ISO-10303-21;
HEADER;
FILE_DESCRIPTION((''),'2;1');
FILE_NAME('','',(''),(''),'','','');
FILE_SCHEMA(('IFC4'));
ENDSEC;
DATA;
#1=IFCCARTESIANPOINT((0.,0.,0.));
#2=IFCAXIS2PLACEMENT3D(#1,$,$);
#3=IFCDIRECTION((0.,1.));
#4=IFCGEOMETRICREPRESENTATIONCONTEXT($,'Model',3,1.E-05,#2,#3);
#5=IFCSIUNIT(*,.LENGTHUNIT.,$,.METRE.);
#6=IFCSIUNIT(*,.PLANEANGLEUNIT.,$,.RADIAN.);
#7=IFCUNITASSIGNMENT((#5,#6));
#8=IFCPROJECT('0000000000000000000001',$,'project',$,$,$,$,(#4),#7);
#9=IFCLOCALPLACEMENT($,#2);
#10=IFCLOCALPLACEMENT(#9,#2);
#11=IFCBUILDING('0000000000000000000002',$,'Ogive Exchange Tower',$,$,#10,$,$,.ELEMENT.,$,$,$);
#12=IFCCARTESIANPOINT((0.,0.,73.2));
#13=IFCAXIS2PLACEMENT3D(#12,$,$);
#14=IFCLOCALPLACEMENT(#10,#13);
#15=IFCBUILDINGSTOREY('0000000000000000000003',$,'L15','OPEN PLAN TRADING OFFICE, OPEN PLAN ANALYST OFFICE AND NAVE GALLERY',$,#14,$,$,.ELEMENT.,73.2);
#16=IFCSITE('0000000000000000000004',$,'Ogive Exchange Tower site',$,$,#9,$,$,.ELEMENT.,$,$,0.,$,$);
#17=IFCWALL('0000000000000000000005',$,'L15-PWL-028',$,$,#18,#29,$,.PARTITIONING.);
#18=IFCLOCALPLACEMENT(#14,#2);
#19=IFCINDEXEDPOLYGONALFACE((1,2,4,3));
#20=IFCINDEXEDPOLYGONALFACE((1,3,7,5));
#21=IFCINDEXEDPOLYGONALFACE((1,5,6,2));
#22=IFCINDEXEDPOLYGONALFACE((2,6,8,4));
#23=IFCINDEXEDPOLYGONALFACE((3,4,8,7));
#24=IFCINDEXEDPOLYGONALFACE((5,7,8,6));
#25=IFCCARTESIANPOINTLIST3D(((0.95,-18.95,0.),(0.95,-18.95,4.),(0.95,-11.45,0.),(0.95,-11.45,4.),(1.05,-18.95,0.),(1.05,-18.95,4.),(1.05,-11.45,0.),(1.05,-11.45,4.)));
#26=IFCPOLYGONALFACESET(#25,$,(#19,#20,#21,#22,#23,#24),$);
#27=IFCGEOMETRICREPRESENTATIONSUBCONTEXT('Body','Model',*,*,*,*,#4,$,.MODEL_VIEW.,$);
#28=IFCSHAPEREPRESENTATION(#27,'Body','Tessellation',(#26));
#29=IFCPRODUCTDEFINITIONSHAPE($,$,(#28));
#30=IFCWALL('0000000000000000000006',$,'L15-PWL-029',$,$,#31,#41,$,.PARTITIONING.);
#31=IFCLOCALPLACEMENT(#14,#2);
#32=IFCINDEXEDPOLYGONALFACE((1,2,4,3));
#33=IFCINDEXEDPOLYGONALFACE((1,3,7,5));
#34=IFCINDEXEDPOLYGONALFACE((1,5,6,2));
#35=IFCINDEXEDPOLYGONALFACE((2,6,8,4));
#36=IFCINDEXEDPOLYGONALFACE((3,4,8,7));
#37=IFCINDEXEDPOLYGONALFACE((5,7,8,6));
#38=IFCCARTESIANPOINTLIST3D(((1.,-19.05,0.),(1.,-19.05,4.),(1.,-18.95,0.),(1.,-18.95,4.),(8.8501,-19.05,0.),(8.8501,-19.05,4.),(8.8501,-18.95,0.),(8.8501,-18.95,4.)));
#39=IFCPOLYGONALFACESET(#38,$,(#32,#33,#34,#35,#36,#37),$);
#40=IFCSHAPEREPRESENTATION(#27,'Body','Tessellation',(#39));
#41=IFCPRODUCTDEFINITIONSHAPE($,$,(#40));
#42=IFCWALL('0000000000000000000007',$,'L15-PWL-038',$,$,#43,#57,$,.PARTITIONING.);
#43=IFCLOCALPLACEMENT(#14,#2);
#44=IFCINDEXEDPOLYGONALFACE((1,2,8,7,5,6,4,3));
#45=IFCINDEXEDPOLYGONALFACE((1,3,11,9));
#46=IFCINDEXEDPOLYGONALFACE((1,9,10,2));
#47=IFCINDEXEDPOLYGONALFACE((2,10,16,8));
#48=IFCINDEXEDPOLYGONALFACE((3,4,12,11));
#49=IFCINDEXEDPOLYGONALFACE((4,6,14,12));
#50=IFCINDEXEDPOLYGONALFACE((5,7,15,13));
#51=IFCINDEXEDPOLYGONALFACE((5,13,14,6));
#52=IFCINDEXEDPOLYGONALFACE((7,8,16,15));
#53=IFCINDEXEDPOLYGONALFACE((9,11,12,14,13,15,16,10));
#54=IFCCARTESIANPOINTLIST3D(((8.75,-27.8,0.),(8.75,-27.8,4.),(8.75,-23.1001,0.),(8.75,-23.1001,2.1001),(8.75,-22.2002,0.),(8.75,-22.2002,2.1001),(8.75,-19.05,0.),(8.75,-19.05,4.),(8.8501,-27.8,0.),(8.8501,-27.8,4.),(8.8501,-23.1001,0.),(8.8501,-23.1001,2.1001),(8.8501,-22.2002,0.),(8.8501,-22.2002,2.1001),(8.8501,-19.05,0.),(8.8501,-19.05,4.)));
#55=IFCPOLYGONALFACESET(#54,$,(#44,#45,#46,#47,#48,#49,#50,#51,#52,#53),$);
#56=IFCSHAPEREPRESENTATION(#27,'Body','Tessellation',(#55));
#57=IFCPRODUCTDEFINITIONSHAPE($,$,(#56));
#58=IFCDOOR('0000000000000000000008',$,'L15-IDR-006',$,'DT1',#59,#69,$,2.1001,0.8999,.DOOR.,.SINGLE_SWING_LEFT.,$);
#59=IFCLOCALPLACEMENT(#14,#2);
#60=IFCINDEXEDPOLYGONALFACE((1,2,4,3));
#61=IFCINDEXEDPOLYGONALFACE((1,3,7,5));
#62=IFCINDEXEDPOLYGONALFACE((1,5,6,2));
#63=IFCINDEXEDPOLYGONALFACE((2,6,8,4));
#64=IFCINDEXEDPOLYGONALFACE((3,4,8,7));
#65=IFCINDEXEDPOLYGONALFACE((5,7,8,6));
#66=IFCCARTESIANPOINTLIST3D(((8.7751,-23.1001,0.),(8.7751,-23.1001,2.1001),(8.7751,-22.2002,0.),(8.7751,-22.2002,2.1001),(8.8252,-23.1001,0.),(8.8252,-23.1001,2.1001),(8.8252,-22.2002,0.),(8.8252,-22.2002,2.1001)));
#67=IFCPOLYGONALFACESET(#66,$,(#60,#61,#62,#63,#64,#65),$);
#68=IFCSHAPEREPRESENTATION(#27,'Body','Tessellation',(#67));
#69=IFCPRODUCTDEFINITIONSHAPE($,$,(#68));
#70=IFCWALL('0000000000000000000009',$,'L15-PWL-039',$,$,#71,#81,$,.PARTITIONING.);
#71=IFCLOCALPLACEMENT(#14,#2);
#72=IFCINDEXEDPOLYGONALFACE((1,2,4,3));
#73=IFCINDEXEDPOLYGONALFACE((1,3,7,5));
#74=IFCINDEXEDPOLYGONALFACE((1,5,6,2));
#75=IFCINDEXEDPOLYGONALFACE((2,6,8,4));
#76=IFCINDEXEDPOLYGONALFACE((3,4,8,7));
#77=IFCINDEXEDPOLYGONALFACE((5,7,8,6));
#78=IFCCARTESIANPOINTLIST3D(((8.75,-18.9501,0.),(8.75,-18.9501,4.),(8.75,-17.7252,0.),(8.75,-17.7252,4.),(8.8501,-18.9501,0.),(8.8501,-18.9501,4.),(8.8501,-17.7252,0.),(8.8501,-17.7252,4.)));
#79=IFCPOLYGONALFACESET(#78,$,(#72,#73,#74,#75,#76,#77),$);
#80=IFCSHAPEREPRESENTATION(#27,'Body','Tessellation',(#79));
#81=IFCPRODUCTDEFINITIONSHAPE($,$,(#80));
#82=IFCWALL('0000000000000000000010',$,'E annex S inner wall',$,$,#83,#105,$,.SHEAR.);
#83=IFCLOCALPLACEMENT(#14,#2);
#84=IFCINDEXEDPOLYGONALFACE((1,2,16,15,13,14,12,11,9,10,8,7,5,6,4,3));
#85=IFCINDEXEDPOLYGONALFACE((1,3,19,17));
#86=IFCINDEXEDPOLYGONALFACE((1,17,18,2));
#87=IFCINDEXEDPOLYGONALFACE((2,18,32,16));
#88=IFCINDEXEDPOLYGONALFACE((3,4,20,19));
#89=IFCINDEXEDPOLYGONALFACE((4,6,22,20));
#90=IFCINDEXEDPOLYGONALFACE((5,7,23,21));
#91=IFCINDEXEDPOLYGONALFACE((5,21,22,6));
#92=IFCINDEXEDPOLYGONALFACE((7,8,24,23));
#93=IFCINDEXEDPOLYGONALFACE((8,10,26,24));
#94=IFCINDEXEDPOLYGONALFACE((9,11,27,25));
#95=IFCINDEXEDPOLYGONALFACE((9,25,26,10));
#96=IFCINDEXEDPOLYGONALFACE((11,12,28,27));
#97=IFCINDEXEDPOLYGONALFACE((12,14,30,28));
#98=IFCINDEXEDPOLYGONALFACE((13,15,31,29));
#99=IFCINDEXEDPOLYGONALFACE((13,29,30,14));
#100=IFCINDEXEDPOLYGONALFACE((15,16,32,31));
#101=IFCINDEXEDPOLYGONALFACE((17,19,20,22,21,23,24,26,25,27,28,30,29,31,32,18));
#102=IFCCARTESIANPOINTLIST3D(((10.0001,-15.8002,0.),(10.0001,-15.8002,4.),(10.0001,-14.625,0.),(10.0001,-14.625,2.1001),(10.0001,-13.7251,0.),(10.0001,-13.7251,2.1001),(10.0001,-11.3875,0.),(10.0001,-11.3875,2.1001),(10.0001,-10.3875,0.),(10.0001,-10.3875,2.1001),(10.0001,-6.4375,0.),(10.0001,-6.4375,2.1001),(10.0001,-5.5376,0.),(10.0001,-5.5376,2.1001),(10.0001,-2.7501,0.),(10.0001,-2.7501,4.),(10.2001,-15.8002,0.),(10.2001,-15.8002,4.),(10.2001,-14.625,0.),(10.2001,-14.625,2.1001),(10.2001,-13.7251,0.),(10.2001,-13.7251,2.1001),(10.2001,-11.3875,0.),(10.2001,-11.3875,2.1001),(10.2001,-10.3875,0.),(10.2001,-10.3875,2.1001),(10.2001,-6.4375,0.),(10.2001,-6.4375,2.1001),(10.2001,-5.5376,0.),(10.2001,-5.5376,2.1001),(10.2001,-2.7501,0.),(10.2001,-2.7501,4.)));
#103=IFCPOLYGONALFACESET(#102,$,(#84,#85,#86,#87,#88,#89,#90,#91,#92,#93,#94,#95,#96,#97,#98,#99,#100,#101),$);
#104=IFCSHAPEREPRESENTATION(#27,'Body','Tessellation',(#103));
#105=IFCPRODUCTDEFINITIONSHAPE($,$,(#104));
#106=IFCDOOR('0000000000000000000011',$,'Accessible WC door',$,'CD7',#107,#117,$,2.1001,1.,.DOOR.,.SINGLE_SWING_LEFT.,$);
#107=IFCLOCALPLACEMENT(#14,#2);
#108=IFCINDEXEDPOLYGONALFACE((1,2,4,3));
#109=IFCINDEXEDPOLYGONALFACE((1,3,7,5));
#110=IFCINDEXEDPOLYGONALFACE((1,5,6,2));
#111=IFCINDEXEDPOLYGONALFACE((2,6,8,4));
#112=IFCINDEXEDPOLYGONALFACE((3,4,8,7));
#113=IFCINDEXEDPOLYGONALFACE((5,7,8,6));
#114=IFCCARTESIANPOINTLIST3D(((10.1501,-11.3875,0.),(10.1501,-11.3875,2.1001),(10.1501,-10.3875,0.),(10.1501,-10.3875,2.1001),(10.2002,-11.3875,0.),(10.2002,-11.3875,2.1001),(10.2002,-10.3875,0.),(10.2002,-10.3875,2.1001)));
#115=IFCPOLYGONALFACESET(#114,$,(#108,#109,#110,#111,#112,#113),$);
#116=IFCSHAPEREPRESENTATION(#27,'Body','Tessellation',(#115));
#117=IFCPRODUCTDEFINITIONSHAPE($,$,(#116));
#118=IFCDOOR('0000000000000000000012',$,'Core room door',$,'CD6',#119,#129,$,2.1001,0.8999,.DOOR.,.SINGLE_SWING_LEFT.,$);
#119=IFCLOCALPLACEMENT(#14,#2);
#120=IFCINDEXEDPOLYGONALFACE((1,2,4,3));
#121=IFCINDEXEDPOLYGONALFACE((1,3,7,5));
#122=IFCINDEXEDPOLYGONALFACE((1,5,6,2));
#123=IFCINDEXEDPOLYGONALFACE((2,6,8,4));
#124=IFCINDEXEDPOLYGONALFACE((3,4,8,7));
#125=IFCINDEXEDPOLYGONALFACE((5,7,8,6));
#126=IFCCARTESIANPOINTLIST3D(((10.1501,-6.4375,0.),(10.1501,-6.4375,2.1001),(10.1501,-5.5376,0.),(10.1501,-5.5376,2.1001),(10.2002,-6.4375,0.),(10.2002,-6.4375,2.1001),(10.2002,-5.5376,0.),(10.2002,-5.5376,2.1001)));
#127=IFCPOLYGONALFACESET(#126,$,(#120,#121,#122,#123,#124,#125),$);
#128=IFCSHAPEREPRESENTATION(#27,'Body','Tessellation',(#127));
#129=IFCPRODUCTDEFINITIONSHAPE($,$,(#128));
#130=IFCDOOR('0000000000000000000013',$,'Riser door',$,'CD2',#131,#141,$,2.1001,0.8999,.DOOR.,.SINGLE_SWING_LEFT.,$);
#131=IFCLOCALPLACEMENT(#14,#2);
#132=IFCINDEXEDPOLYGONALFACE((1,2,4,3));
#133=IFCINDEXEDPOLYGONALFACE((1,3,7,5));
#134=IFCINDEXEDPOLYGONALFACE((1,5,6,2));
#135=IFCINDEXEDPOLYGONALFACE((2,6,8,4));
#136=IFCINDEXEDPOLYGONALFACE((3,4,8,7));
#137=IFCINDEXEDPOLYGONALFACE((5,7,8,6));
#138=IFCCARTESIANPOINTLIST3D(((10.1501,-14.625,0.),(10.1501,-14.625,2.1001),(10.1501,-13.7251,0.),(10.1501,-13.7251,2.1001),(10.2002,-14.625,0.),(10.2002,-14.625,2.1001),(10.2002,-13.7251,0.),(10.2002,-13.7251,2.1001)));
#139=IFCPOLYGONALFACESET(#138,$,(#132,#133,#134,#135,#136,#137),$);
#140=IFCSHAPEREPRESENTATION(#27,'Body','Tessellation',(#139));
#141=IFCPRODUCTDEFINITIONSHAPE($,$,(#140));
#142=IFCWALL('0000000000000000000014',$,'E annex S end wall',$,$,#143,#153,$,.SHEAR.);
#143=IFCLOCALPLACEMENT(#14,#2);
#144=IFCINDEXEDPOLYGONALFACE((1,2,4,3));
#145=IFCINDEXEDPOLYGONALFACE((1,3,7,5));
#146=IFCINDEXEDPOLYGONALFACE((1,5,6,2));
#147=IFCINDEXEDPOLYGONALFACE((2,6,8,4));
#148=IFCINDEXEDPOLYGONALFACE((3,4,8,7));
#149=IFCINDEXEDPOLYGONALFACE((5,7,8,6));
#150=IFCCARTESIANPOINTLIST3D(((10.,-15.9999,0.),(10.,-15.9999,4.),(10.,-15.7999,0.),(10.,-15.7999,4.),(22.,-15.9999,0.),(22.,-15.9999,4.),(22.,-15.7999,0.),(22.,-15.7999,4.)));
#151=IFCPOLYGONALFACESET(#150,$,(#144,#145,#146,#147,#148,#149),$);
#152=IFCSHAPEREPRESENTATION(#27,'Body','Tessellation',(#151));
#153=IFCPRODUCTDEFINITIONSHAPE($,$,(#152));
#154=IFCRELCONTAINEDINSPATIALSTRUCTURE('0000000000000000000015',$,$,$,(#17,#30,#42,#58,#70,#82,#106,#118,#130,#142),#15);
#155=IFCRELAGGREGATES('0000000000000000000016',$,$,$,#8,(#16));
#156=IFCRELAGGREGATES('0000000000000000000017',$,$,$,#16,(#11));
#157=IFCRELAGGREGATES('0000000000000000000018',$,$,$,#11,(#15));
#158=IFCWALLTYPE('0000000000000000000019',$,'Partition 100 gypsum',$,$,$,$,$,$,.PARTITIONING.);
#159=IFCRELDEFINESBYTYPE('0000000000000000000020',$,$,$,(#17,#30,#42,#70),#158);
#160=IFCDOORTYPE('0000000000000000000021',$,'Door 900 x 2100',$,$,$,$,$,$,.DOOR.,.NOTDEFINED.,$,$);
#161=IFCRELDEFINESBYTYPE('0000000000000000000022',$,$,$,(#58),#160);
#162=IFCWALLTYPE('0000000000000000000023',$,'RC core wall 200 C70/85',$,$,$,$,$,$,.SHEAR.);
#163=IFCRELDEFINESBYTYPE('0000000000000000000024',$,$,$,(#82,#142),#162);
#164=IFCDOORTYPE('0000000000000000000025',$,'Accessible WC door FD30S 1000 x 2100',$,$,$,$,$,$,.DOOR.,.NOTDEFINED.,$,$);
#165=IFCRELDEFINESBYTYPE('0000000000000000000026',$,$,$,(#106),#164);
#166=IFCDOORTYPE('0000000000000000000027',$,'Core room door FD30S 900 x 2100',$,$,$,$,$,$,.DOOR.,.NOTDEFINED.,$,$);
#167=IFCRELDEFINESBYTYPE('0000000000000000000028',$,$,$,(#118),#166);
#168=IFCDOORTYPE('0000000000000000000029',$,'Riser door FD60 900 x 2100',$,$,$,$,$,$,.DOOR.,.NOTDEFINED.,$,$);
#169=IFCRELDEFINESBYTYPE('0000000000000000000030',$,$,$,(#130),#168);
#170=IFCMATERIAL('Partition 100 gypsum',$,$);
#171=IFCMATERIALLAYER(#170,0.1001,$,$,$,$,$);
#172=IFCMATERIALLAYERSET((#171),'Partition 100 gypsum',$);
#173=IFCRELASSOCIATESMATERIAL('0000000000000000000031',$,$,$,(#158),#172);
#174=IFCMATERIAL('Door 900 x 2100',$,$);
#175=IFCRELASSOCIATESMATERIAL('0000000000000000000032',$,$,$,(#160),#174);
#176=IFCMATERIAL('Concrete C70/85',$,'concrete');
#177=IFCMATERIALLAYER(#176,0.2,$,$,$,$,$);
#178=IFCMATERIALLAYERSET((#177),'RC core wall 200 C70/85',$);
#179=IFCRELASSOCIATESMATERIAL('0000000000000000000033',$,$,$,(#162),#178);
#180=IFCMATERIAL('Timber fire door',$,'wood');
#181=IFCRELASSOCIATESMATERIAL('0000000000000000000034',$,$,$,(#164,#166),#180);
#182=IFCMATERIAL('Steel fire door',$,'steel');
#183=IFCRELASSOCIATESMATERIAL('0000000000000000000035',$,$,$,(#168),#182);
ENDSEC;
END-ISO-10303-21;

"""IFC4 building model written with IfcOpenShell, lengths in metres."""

from ifc_helpers import new_model, si_unit, direction, frame, frame_2d, origin, place, context, subcontext, project, spatial, rectangle, extrude, material, layer, layer_set, type_object, element, fill, save


model = new_model("IFC4")

# Units and contexts
model_context = context("Model", 3, precision=1e-05, world=origin(), true_north=direction((0.0, 1.0)))
body_context = subcontext(model_context, "Body", "Model", "MODEL_VIEW")
ifc_project = project(units=[si_unit("LENGTHUNIT", "METRE"), si_unit("PLANEANGLEUNIT", "RADIAN")], contexts=[model_context])

# Site, building, storey
site_placement = place(None, origin())
site = spatial("IfcSite", under=ifc_project, at=site_placement, Name="Ogive Exchange Tower site", CompositionType="ELEMENT", RefElevation=0.0)
building_placement = place(site_placement, origin())
building = spatial("IfcBuilding", under=site, at=building_placement, Name="Ogive Exchange Tower", CompositionType="ELEMENT")
storey_placement = place(building_placement, frame((0.0, 0.0, 73.2)))
storey = spatial("IfcBuildingStorey", under=building, at=storey_placement, Name="L15", Description="OPEN PLAN TRADING OFFICE, OPEN PLAN ANALYST OFFICE AND NAVE GALLERY", CompositionType="ELEMENT", Elevation=73.2)

# Walls
ifc_material_1 = material(Name="Partition 100 gypsum")
ifc_layer_1 = layer(ifc_material_1, 0.1001)
ifc_layer_set_1 = layer_set([ifc_layer_1], Name="Partition 100 gypsum")
wall_type_1 = type_object("IfcWallType", Name="Partition 100 gypsum", PredefinedType="PARTITIONING", material=ifc_layer_set_1)
wall_1_placement = place(storey_placement, frame((1.0, -18.95, 0.0), z_axis=(0.0, 0.0, 1.0), x_axis=(0.0, 1.0, 0.0)))
element("IfcWall", 1, at=wall_1_placement, inside=storey, type_object=wall_type_1, Name="L15-PWL-028", PredefinedType="PARTITIONING", context=body_context, shape_type="SweptSolid", body=[
    extrude(rectangle(XDim=7.5, YDim=0.1001, at=frame_2d((3.75, 0.0))), origin(), (0.0, 0.0, 1.0), 4.0),
])
wall_2_placement = place(storey_placement, frame((1.0, -19.0, 0.0), z_axis=(0.0, 0.0, 1.0), x_axis=(1.0, 0.0, 0.0)))
element("IfcWall", 2, at=wall_2_placement, inside=storey, type_object=wall_type_1, Name="L15-PWL-029", PredefinedType="PARTITIONING", context=body_context, shape_type="SweptSolid", body=[
    extrude(rectangle(XDim=7.8501, YDim=0.1001, at=frame_2d((3.925, 0.0))), origin(), (0.0, 0.0, 1.0), 4.0),
])

# Wall, opening, door
wall_3_placement = place(storey_placement, frame((8.8, -27.8, 0.0), z_axis=(0.0, 0.0, 1.0), x_axis=(0.0, 1.0, 0.0)))
wall_3 = element("IfcWall", 3, at=wall_3_placement, inside=storey, type_object=wall_type_1, Name="L15-PWL-038", PredefinedType="PARTITIONING", context=body_context, shape_type="SweptSolid", body=[
    extrude(rectangle(XDim=8.75, YDim=0.1001, at=frame_2d((4.375, 0.0))), origin(), (0.0, 0.0, 1.0), 4.0),
])
opening_1_placement = place(wall_3_placement, frame((4.7, 0.0, 0.0)))
opening_1 = element("IfcOpeningElement", 4, at=opening_1_placement, cuts=wall_3, PredefinedType="OPENING", context=body_context, shape_type="SweptSolid", body=[
    extrude(rectangle(XDim=0.8999, YDim=2.1001, at=frame_2d((0.45, 1.05))), frame((0.0, 0.0601, 0.0), z_axis=(0.0, -1.0, 0.0), x_axis=(1.0, 0.0, 0.0)), (0.0, 0.0, 1.0), 0.1201),
])
ifc_material_2 = material(Name="Door 900 x 2100")
door_type_1 = type_object("IfcDoorType", Name="Door 900 x 2100", OperationType="NOTDEFINED", PredefinedType="DOOR", material=ifc_material_2)
door_1_placement = place(opening_1_placement, origin())
door_1 = element("IfcDoor", 5, at=door_1_placement, inside=storey, type_object=door_type_1, Name="L15-IDR-006", ObjectType="DT1", OperationType="SINGLE_SWING_LEFT", OverallHeight=2.1001, OverallWidth=0.8999, PredefinedType="DOOR", context=body_context, shape_type="SweptSolid", body=[
    extrude(rectangle(XDim=0.8999, YDim=2.1001, at=frame_2d((0.45, 1.05))), frame((0.0, 0.0249, 0.0), z_axis=(0.0, -1.0, 0.0), x_axis=(1.0, 0.0, 0.0)), (0.0, 0.0, 1.0), 0.05),
])
fill(opening_1, door_1)

# Wall
wall_4_placement = place(storey_placement, frame((8.8, -18.95, 0.0), z_axis=(0.0, 0.0, 1.0), x_axis=(0.0, 1.0, 0.0)))
element("IfcWall", 6, at=wall_4_placement, inside=storey, type_object=wall_type_1, Name="L15-PWL-039", PredefinedType="PARTITIONING", context=body_context, shape_type="SweptSolid", body=[
    extrude(rectangle(XDim=1.2249, YDim=0.1001, at=frame_2d((0.6123, 0.0))), origin(), (0.0, 0.0, 1.0), 4.0),
])

# Wall, openings, doors
ifc_material_3 = material(Name="Concrete C70/85", Category="concrete")
ifc_layer_2 = layer(ifc_material_3, 0.2)
ifc_layer_set_2 = layer_set([ifc_layer_2], Name="RC core wall 200 C70/85")
wall_type_2 = type_object("IfcWallType", Name="RC core wall 200 C70/85", PredefinedType="SHEAR", material=ifc_layer_set_2)
wall_5_placement = place(storey_placement, frame((10.1001, -15.8, 0.0), z_axis=(0.0, 0.0, 1.0), x_axis=(0.0, 1.0, 0.0)))
wall_5 = element("IfcWall", 7, at=wall_5_placement, inside=storey, type_object=wall_type_2, Name="E annex S inner wall", PredefinedType="SHEAR", context=body_context, shape_type="SweptSolid", body=[
    extrude(rectangle(XDim=13.05, YDim=0.2, at=frame_2d((6.5249, 0.0))), origin(), (0.0, 0.0, 1.0), 4.0),
])
opening_2_placement = place(wall_5_placement, frame((1.175, 0.0, 0.0)))
opening_2 = element("IfcOpeningElement", 8, at=opening_2_placement, cuts=wall_5, PredefinedType="OPENING", context=body_context, shape_type="SweptSolid", body=[
    extrude(rectangle(XDim=0.8999, YDim=2.1001, at=frame_2d((0.45, 1.05))), frame((0.0, 0.1099, 0.0), z_axis=(0.0, -1.0, 0.0), x_axis=(1.0, 0.0, 0.0)), (0.0, 0.0, 1.0), 0.22),
])
opening_3_placement = place(wall_5_placement, frame((4.4126, 0.0, 0.0)))
opening_3 = element("IfcOpeningElement", 9, at=opening_3_placement, cuts=wall_5, PredefinedType="OPENING", context=body_context, shape_type="SweptSolid", body=[
    extrude(rectangle(XDim=1.0, YDim=2.1001, at=frame_2d((0.5, 1.05))), frame((0.0, 0.1099, 0.0), z_axis=(0.0, -1.0, 0.0), x_axis=(1.0, 0.0, 0.0)), (0.0, 0.0, 1.0), 0.22),
])
opening_4_placement = place(wall_5_placement, frame((9.3625, 0.0, 0.0)))
opening_4 = element("IfcOpeningElement", 10, at=opening_4_placement, cuts=wall_5, PredefinedType="OPENING", context=body_context, shape_type="SweptSolid", body=[
    extrude(rectangle(XDim=0.8999, YDim=2.1001, at=frame_2d((0.45, 1.05))), frame((0.0, 0.1099, 0.0), z_axis=(0.0, -1.0, 0.0), x_axis=(1.0, 0.0, 0.0)), (0.0, 0.0, 1.0), 0.22),
])
ifc_material_4 = material(Name="Timber fire door", Category="wood")
door_type_2 = type_object("IfcDoorType", Name="Accessible WC door FD30S 1000 x 2100", OperationType="NOTDEFINED", PredefinedType="DOOR", material=ifc_material_4)
door_2_placement = place(opening_3_placement, frame((1.0, -0.1499, 0.0), z_axis=(0.0, 0.0, 1.0), x_axis=(-1.0, 0.0, 0.0)))
door_2 = element("IfcDoor", 11, at=door_2_placement, inside=storey, type_object=door_type_2, Name="Accessible WC door", ObjectType="CD7", OperationType="SINGLE_SWING_LEFT", OverallHeight=2.1001, OverallWidth=1.0, PredefinedType="DOOR", context=body_context, shape_type="SweptSolid", body=[
    extrude(rectangle(XDim=1.0, YDim=2.1001, at=frame_2d((0.5, 1.05))), frame((0.0, -0.0498, 0.0), z_axis=(0.0, -1.0, 0.0), x_axis=(1.0, 0.0, 0.0)), (0.0, 0.0, 1.0), 0.05),
])
fill(opening_3, door_2)
door_type_3 = type_object("IfcDoorType", Name="Core room door FD30S 900 x 2100", OperationType="NOTDEFINED", PredefinedType="DOOR", material=ifc_material_4)
door_3_placement = place(opening_4_placement, frame((0.8999, -0.1499, 0.0), z_axis=(0.0, 0.0, 1.0), x_axis=(-1.0, 0.0, 0.0)))
door_3 = element("IfcDoor", 12, at=door_3_placement, inside=storey, type_object=door_type_3, Name="Core room door", ObjectType="CD6", OperationType="SINGLE_SWING_LEFT", OverallHeight=2.1001, OverallWidth=0.8999, PredefinedType="DOOR", context=body_context, shape_type="SweptSolid", body=[
    extrude(rectangle(XDim=0.8999, YDim=2.1001, at=frame_2d((0.45, 1.05))), frame((0.0, -0.0498, 0.0), z_axis=(0.0, -1.0, 0.0), x_axis=(1.0, 0.0, 0.0)), (0.0, 0.0, 1.0), 0.05),
])
fill(opening_4, door_3)
ifc_material_5 = material(Name="Steel fire door", Category="steel")
door_type_4 = type_object("IfcDoorType", Name="Riser door FD60 900 x 2100", OperationType="NOTDEFINED", PredefinedType="DOOR", material=ifc_material_5)
door_4_placement = place(opening_2_placement, frame((0.8999, -0.1499, 0.0), z_axis=(0.0, 0.0, 1.0), x_axis=(-1.0, 0.0, 0.0)))
door_4 = element("IfcDoor", 13, at=door_4_placement, inside=storey, type_object=door_type_4, Name="Riser door", ObjectType="CD2", OperationType="SINGLE_SWING_LEFT", OverallHeight=2.1001, OverallWidth=0.8999, PredefinedType="DOOR", context=body_context, shape_type="SweptSolid", body=[
    extrude(rectangle(XDim=0.8999, YDim=2.1001, at=frame_2d((0.45, 1.05))), frame((0.0, -0.0498, 0.0), z_axis=(0.0, -1.0, 0.0), x_axis=(1.0, 0.0, 0.0)), (0.0, 0.0, 1.0), 0.05),
])
fill(opening_2, door_4)

# Wall
wall_6_placement = place(storey_placement, frame((10.0, -15.8999, 0.0), z_axis=(0.0, 0.0, 1.0), x_axis=(1.0, 0.0, 0.0)))
element("IfcWall", 14, at=wall_6_placement, inside=storey, type_object=wall_type_2, Name="E annex S end wall", PredefinedType="SHEAR", context=body_context, shape_type="SweptSolid", body=[
    extrude(rectangle(XDim=12.0, YDim=0.2, at=frame_2d((6.0, 0.0))), origin(), (0.0, 0.0, 1.0), 4.0),
])

save(model, "model.ifc")
